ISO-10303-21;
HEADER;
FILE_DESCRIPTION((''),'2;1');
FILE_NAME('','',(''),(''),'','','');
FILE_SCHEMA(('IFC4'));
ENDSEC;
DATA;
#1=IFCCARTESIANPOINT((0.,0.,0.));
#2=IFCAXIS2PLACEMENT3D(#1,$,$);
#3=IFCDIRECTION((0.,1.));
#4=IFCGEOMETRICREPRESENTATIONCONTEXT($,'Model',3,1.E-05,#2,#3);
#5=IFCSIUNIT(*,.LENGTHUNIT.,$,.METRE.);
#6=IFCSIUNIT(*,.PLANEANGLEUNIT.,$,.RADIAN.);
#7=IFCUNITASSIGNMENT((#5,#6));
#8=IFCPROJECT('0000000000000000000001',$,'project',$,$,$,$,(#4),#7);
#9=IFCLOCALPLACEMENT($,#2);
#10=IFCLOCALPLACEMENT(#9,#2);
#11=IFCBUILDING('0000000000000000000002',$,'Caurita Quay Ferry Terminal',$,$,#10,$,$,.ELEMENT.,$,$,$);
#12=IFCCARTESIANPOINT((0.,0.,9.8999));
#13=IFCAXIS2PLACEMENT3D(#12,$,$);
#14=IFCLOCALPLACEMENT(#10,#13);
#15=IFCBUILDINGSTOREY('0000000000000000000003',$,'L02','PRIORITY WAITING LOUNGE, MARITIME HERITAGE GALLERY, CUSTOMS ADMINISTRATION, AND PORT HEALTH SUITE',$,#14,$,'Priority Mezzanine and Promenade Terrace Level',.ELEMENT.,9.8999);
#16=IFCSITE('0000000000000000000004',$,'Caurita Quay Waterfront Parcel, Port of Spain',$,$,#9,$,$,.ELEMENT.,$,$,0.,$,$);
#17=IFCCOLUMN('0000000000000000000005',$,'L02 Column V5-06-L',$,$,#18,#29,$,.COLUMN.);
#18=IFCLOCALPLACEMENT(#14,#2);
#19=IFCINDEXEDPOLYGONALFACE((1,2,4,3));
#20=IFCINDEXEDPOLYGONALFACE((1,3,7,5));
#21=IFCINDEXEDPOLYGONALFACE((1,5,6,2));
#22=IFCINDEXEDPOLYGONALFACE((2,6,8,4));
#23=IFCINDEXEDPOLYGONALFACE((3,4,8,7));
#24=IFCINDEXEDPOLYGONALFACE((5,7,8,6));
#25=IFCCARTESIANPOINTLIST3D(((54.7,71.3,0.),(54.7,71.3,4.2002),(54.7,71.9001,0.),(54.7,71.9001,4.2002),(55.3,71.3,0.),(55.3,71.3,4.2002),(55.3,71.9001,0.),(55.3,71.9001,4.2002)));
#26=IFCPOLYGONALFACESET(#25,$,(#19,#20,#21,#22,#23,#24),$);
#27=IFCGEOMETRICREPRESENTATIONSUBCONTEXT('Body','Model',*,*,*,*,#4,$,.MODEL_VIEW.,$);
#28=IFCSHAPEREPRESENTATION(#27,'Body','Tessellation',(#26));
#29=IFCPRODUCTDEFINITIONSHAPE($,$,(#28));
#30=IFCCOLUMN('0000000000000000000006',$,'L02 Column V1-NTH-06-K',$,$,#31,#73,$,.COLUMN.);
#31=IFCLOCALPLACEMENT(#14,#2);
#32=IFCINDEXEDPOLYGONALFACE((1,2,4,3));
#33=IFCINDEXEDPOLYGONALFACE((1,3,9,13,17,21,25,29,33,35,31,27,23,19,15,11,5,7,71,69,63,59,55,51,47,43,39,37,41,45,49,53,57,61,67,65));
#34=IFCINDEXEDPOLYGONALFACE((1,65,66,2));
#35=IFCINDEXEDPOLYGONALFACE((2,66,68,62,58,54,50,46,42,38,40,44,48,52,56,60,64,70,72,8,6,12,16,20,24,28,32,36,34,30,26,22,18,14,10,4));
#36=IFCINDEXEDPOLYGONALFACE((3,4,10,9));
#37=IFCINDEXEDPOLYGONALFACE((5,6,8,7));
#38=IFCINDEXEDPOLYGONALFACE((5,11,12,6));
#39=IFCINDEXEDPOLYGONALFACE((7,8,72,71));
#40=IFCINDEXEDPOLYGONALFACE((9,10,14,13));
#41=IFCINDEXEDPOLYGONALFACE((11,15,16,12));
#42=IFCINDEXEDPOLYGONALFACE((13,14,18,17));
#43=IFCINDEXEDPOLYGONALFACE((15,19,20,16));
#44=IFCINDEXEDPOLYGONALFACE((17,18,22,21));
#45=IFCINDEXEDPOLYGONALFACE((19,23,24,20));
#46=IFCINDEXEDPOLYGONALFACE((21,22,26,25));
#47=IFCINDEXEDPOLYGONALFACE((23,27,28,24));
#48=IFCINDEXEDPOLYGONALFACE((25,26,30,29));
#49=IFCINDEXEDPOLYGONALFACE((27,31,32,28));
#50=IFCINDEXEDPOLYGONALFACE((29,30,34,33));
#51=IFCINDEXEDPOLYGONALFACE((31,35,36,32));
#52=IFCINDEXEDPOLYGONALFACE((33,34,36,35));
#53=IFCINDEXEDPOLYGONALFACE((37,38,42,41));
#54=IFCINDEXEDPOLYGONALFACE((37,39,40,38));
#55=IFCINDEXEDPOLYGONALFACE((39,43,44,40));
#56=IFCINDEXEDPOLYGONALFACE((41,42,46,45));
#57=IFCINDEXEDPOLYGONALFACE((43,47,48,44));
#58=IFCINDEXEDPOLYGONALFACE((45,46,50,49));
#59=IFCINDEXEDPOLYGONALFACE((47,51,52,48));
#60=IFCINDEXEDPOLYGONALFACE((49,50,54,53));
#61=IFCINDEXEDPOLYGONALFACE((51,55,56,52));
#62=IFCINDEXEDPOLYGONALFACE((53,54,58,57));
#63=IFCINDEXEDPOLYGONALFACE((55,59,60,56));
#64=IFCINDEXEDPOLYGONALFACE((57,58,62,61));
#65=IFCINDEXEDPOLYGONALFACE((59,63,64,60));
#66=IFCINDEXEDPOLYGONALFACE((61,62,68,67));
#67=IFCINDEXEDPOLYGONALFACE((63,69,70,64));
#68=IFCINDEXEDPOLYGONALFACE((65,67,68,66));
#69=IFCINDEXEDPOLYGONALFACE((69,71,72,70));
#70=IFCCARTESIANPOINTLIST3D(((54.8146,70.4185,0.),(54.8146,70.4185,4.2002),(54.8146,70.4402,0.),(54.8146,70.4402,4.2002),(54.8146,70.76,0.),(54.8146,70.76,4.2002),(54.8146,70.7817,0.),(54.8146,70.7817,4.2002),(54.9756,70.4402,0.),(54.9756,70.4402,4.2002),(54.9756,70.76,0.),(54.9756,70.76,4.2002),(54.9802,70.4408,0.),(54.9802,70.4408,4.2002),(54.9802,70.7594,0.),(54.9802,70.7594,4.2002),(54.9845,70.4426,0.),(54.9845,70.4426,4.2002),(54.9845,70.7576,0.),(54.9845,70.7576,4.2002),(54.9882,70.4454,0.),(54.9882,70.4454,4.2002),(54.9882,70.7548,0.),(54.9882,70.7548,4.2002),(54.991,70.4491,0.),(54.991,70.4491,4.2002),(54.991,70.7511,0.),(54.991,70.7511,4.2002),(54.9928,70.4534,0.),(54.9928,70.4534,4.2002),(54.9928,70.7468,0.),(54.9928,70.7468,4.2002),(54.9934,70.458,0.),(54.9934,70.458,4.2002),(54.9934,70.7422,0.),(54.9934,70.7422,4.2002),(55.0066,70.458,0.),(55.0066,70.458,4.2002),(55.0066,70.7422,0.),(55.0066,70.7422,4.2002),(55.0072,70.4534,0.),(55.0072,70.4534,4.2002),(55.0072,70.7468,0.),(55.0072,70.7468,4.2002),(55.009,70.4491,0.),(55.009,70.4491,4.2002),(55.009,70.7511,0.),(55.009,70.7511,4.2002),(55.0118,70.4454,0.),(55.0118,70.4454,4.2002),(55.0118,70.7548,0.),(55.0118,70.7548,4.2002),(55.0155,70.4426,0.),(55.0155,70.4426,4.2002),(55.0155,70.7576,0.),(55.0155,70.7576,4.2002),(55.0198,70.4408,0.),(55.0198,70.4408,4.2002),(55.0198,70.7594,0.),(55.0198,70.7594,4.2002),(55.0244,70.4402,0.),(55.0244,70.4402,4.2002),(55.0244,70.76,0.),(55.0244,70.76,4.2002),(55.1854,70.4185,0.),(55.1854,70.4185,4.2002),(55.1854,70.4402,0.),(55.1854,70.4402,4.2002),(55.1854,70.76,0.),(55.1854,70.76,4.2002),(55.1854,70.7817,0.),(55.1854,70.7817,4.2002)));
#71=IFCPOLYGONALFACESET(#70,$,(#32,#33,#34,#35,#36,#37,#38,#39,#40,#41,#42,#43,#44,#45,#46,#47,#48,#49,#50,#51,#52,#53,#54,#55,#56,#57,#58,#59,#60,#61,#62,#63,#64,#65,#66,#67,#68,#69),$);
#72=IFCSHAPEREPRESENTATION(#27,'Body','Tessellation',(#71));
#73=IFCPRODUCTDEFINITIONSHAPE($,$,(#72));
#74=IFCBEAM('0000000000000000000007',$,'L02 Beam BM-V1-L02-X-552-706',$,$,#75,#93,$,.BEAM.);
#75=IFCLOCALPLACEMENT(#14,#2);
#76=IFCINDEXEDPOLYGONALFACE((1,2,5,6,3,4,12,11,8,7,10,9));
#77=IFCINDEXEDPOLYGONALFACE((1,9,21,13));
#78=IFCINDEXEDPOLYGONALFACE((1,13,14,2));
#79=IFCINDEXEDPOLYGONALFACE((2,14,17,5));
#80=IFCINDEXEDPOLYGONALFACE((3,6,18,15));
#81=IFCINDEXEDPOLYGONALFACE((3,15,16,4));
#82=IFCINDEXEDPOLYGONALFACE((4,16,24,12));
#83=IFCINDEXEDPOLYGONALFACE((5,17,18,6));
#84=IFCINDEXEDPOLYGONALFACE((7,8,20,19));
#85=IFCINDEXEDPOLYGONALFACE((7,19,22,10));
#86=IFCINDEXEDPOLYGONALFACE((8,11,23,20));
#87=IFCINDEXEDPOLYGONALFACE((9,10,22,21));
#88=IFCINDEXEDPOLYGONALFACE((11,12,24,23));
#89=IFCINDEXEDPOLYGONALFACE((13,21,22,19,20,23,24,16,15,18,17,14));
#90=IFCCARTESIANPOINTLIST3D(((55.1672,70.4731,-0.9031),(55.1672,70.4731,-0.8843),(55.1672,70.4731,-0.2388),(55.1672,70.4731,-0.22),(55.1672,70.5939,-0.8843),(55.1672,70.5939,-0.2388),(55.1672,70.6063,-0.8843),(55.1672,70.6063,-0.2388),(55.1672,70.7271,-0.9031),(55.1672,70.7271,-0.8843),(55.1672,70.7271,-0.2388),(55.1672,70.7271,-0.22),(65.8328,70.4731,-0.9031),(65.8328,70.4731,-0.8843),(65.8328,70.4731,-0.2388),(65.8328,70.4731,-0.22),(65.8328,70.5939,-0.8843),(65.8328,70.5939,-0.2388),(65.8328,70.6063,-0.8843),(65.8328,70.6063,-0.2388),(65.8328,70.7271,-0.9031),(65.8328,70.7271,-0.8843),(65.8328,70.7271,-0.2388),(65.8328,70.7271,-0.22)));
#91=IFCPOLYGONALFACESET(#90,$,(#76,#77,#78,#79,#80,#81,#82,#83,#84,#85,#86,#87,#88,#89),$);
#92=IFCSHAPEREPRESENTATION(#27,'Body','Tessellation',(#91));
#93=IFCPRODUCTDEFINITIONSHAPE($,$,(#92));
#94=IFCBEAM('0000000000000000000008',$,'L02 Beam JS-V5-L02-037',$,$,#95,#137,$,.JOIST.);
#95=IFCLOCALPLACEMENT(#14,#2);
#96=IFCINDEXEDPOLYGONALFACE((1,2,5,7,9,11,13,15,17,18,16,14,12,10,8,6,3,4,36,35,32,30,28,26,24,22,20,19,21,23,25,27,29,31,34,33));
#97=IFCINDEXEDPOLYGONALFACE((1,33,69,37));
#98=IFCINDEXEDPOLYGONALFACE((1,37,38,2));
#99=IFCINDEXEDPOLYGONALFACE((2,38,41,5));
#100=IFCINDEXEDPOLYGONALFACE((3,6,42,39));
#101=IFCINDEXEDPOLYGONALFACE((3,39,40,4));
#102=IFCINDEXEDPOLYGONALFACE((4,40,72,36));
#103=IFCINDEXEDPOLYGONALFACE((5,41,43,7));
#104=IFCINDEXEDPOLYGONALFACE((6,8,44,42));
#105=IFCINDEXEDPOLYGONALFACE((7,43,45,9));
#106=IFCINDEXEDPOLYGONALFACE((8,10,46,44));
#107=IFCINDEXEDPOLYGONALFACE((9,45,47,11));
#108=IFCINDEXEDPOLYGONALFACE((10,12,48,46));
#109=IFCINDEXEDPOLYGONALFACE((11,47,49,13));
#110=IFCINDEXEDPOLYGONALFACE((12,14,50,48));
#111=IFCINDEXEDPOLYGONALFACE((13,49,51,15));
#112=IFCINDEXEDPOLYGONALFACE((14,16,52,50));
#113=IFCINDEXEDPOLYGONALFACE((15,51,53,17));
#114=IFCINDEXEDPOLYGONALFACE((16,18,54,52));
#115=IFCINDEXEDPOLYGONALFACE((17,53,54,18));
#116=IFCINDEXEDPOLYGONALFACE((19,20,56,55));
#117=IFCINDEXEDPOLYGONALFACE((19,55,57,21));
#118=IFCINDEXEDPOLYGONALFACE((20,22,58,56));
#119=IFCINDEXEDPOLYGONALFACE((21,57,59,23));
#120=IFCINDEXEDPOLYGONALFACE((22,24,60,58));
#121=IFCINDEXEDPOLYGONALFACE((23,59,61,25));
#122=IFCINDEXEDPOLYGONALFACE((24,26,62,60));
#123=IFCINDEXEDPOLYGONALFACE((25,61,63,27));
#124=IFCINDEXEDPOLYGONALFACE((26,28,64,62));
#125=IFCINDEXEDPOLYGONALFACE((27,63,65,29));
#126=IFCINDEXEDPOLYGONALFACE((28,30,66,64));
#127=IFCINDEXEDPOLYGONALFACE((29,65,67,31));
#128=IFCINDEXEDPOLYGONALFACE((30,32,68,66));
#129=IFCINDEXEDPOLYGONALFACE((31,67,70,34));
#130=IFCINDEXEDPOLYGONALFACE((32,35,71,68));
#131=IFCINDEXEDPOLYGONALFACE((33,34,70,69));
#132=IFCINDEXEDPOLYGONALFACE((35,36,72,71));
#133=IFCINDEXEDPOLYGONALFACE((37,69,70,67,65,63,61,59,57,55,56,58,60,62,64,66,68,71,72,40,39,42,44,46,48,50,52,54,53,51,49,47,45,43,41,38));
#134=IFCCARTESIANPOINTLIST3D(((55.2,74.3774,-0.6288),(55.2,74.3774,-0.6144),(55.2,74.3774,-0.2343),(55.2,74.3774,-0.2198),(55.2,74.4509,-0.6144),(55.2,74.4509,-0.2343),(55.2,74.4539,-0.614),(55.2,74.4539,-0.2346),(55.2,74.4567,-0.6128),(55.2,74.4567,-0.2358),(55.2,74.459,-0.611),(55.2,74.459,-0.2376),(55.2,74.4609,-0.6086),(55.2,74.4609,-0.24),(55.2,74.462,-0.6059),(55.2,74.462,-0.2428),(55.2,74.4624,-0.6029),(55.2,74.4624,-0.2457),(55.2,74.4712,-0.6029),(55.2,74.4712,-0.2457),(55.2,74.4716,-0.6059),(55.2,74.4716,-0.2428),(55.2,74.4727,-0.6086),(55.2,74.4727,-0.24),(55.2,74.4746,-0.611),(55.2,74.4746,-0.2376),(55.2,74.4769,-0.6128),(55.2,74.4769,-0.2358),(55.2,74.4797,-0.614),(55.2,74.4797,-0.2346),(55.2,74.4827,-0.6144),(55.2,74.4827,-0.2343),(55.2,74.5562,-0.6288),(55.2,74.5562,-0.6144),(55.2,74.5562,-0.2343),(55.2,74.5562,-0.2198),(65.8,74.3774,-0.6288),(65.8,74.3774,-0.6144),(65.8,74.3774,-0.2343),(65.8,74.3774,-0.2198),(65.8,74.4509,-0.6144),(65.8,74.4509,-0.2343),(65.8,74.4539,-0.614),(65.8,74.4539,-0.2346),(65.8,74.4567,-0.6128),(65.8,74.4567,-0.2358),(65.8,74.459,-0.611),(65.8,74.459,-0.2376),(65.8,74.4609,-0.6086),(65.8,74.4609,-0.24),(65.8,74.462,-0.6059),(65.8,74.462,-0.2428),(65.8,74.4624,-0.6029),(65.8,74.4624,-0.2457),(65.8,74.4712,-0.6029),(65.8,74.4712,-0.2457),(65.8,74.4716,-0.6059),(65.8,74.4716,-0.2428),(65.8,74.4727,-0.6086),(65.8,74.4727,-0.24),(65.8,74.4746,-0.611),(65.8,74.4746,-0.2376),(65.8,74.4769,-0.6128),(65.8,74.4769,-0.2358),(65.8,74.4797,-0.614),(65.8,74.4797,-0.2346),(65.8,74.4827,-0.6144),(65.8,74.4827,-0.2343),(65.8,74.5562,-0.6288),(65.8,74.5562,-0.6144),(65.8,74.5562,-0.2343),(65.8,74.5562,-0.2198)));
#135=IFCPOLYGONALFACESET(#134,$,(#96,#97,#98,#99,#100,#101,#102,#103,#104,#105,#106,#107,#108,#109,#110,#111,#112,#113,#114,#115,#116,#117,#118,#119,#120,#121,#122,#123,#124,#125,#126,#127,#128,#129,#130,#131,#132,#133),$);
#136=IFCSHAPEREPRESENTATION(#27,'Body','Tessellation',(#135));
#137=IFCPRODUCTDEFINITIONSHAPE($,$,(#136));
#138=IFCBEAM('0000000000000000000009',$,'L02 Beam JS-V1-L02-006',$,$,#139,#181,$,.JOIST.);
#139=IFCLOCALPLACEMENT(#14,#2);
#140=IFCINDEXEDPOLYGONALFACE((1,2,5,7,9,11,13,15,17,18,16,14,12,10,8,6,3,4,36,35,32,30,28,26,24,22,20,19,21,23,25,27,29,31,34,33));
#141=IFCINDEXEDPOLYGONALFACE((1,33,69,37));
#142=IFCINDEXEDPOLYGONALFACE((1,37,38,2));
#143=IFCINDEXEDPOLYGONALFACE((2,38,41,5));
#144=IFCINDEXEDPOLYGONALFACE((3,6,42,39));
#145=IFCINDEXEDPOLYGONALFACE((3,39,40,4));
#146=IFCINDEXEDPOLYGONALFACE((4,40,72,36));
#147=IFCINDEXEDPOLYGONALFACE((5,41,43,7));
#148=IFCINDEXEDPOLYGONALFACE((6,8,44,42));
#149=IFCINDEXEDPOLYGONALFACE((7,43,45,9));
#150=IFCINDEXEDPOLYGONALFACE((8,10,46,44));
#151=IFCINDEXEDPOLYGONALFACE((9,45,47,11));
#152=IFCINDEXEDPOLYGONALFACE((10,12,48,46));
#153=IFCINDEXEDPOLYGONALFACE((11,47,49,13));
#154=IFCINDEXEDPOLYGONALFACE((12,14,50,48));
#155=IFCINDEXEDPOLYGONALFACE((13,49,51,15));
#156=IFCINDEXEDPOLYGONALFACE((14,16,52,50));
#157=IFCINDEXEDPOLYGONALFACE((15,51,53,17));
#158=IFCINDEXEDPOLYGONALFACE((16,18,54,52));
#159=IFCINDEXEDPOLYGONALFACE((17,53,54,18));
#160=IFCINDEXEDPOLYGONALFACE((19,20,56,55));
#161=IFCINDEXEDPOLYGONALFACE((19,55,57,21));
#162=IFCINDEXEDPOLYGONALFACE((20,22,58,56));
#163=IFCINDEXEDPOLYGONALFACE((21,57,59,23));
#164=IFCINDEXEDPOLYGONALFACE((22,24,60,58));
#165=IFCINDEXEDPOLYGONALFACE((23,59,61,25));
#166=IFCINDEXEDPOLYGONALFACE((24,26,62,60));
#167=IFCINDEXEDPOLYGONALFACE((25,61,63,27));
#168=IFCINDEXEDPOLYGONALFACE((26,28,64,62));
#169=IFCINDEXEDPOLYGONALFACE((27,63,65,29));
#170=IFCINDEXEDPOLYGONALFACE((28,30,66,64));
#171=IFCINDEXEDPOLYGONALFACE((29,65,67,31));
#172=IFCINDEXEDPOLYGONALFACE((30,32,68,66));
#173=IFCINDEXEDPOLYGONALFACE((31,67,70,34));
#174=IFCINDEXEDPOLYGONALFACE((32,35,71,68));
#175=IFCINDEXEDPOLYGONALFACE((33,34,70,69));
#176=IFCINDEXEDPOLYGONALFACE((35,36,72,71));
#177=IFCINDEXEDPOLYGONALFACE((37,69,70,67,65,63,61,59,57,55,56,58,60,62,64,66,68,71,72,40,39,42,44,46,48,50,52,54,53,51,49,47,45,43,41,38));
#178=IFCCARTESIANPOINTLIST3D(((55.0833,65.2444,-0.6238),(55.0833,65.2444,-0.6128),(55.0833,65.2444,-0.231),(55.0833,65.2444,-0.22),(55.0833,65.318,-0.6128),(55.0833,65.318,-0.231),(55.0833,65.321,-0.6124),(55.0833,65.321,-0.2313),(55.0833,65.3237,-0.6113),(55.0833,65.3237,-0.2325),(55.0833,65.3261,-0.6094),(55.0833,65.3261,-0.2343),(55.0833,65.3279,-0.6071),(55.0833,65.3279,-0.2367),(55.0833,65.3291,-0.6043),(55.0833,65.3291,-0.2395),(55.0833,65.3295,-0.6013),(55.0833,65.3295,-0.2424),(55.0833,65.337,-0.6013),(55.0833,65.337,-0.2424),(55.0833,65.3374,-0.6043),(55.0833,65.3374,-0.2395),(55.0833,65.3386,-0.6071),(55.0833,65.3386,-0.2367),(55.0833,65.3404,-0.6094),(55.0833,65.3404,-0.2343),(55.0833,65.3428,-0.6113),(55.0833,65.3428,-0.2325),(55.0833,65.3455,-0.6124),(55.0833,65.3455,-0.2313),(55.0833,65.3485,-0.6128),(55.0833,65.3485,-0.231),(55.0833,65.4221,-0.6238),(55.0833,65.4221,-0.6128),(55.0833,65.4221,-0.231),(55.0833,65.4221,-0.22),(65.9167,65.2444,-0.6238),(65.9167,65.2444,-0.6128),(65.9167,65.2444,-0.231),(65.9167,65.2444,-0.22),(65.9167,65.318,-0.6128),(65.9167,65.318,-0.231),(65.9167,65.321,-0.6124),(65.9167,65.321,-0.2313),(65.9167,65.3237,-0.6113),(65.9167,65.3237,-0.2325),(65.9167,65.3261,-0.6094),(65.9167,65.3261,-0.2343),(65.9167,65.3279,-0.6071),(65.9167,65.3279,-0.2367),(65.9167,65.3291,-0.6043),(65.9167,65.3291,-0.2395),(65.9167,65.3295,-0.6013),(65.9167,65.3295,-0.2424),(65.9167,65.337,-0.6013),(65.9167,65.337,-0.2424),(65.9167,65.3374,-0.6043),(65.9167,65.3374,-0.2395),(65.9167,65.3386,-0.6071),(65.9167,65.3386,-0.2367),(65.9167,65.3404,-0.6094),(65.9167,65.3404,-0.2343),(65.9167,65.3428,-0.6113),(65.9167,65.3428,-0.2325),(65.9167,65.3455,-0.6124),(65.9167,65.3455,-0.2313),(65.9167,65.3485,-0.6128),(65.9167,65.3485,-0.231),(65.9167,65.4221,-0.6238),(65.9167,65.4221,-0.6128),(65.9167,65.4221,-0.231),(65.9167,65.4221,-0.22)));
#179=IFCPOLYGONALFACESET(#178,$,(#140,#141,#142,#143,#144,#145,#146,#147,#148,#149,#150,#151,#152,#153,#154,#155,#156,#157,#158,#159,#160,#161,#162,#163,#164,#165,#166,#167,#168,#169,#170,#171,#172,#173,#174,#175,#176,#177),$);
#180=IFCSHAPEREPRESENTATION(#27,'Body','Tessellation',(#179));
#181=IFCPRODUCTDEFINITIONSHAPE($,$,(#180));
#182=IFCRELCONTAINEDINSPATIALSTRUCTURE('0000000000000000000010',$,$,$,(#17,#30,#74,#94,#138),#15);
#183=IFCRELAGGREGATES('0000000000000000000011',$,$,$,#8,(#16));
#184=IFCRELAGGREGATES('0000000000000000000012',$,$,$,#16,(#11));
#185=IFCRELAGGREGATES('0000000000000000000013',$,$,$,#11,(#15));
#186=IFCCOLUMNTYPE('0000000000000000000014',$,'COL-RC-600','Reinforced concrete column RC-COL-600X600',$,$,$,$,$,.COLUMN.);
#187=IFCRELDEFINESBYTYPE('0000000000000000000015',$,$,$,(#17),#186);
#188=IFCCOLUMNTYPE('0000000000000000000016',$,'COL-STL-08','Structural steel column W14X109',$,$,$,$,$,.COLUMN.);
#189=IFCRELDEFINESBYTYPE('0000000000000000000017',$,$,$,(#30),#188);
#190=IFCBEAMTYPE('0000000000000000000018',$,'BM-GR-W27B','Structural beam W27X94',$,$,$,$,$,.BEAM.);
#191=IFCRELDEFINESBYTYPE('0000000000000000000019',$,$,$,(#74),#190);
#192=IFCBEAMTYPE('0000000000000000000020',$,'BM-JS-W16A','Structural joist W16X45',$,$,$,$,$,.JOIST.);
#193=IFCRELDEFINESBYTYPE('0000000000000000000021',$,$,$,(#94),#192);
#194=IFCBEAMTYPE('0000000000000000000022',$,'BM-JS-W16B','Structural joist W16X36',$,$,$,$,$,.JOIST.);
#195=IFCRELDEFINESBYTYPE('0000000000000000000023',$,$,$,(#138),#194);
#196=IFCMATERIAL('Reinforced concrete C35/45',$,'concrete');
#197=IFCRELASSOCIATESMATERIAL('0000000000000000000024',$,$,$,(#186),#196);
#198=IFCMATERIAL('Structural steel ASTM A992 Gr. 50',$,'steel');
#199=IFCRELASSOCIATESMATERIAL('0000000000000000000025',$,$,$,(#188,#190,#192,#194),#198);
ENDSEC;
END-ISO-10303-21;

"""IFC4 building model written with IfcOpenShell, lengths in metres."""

from ifc_helpers import new_model, si_unit, direction, frame, origin, origin_2d, place, context, subcontext, project, spatial, rectangle, i_section, extrude, material, material_profile, profile_set, type_object, element, save


model = new_model("IFC4")

# Units and contexts
model_context = context("Model", 3, precision=1e-05, world=origin(), true_north=direction((0.0, 1.0)))
body_context = subcontext(model_context, "Body", "Model", "MODEL_VIEW")
ifc_project = project(units=[si_unit("LENGTHUNIT", "METRE"), si_unit("PLANEANGLEUNIT", "RADIAN")], contexts=[model_context])

# Site, building, storey
site_placement = place(None, origin())
site = spatial("IfcSite", under=ifc_project, at=site_placement, Name="Caurita Quay Waterfront Parcel, Port of Spain", CompositionType="ELEMENT", RefElevation=0.0)
building_placement = place(site_placement, origin())
building = spatial("IfcBuilding", under=site, at=building_placement, Name="Caurita Quay Ferry Terminal", CompositionType="ELEMENT")
storey_placement = place(building_placement, frame((0.0, 0.0, 9.8999)))
storey = spatial("IfcBuildingStorey", under=building, at=storey_placement, Name="L02", Description="PRIORITY WAITING LOUNGE, MARITIME HERITAGE GALLERY, CUSTOMS ADMINISTRATION, AND PORT HEALTH SUITE", LongName="Priority Mezzanine and Promenade Terrace Level", CompositionType="ELEMENT", Elevation=9.8999)

# Columns
ifc_material_1 = material(Name="Reinforced concrete C35/45", Category="concrete")
ifc_material_profile_1 = material_profile(ifc_material_1, rectangle(XDim=0.6001, YDim=0.6001, at=origin_2d()), Name="RC-COL-600X600")
ifc_profile_set_1 = profile_set([ifc_material_profile_1], Name="Reinforced concrete C35/45")
column_type_1 = type_object("IfcColumnType", Name="COL-RC-600", Description="Reinforced concrete column RC-COL-600X600", PredefinedType="COLUMN", material=ifc_profile_set_1)
column_1_placement = place(storey_placement, frame((55.0, 71.6001, 0.0), z_axis=(0.0, 0.0, 1.0), x_axis=(1.0, 0.0, 0.0)))
element("IfcColumn", 1, at=column_1_placement, inside=storey, type_object=column_type_1, Name="L02 Column V5-06-L", PredefinedType="COLUMN", context=body_context, shape_type="SweptSolid", body=[
    extrude(rectangle(XDim=0.6001, YDim=0.6001, at=origin_2d()), origin(), (0.0, 0.0, 1.0), 4.2002),
])
ifc_material_2 = material(Name="Structural steel ASTM A992 Gr. 50", Category="steel")
ifc_material_profile_2 = material_profile(ifc_material_2, i_section(OverallWidth=0.3708, OverallDepth=0.3633, WebThickness=0.0132, FlangeThickness=0.0217, FilletRadius=0.0178, at=origin_2d()), Name="W14X109")
ifc_profile_set_2 = profile_set([ifc_material_profile_2], Name="Structural steel ASTM A992 Gr. 50")
column_type_2 = type_object("IfcColumnType", Name="COL-STL-08", Description="Structural steel column W14X109", PredefinedType="COLUMN", material=ifc_profile_set_2)
column_2_placement = place(storey_placement, frame((55.0, 70.6001, 0.0), z_axis=(0.0, 0.0, 1.0), x_axis=(1.0, 0.0, 0.0)))
element("IfcColumn", 2, at=column_2_placement, inside=storey, type_object=column_type_2, Name="L02 Column V1-NTH-06-K", PredefinedType="COLUMN", context=body_context, shape_type="SweptSolid", body=[
    extrude(i_section(OverallWidth=0.3708, OverallDepth=0.3633, WebThickness=0.0132, FlangeThickness=0.0217, FilletRadius=0.0178, at=origin_2d()), origin(), (0.0, 0.0, 1.0), 4.2002),
])

# Beams
ifc_material_profile_3 = material_profile(ifc_material_2, i_section(OverallWidth=0.2539, OverallDepth=0.6831, WebThickness=0.0125, FlangeThickness=0.0188, at=origin_2d()), Name="W27X94")
ifc_profile_set_3 = profile_set([ifc_material_profile_3], Name="Structural steel ASTM A992 Gr. 50")
beam_type_1 = type_object("IfcBeamType", Name="BM-GR-W27B", Description="Structural beam W27X94", PredefinedType="BEAM", material=ifc_profile_set_3)
beam_1_placement = place(storey_placement, frame((55.1672, 70.6001, -0.5615), z_axis=(1.0, 0.0, 0.0), x_axis=(0.0, 1.0, 0.0)))
element("IfcBeam", 3, at=beam_1_placement, inside=storey, type_object=beam_type_1, Name="L02 Beam BM-V1-L02-X-552-706", PredefinedType="BEAM", context=body_context, shape_type="SweptSolid", body=[
    extrude(i_section(OverallWidth=0.2539, OverallDepth=0.6831, WebThickness=0.0125, FlangeThickness=0.0188, at=origin_2d()), origin(), (0.0, 0.0, 1.0), 10.6655),
])
ifc_material_profile_4 = material_profile(ifc_material_2, i_section(OverallWidth=0.1787, OverallDepth=0.4089, WebThickness=0.0088, FlangeThickness=0.0144, FilletRadius=0.0115, at=origin_2d()), Name="W16X45")
ifc_profile_set_4 = profile_set([ifc_material_profile_4], Name="Structural steel ASTM A992 Gr. 50")
beam_type_2 = type_object("IfcBeamType", Name="BM-JS-W16A", Description="Structural joist W16X45", PredefinedType="JOIST", material=ifc_profile_set_4)
beam_2_placement = place(storey_placement, frame((55.2, 74.4668, -0.4243), z_axis=(1.0, 0.0, 0.0), x_axis=(0.0, 1.0, 0.0)))
element("IfcBeam", 4, at=beam_2_placement, inside=storey, type_object=beam_type_2, Name="L02 Beam JS-V5-L02-037", PredefinedType="JOIST", context=body_context, shape_type="SweptSolid", body=[
    extrude(i_section(OverallWidth=0.1787, OverallDepth=0.4089, WebThickness=0.0088, FlangeThickness=0.0144, FilletRadius=0.0115, at=origin_2d()), origin(), (0.0, 0.0, 1.0), 10.6001),
])
ifc_material_profile_5 = material_profile(ifc_material_2, i_section(OverallWidth=0.1777, OverallDepth=0.4038, WebThickness=0.0076, FlangeThickness=0.011, FilletRadius=0.0115, at=origin_2d()), Name="W16X36")
ifc_profile_set_5 = profile_set([ifc_material_profile_5], Name="Structural steel ASTM A992 Gr. 50")
beam_type_3 = type_object("IfcBeamType", Name="BM-JS-W16B", Description="Structural joist W16X36", PredefinedType="JOIST", material=ifc_profile_set_5)
beam_3_placement = place(storey_placement, frame((55.0833, 65.3333, -0.4219), z_axis=(1.0, 0.0, 0.0), x_axis=(0.0, 1.0, 0.0)))
element("IfcBeam", 5, at=beam_3_placement, inside=storey, type_object=beam_type_3, Name="L02 Beam JS-V1-L02-006", PredefinedType="JOIST", context=body_context, shape_type="SweptSolid", body=[
    extrude(i_section(OverallWidth=0.1777, OverallDepth=0.4038, WebThickness=0.0076, FlangeThickness=0.011, FilletRadius=0.0115, at=origin_2d()), origin(), (0.0, 0.0, 1.0), 10.8335),
])

save(model, "model.ifc")
